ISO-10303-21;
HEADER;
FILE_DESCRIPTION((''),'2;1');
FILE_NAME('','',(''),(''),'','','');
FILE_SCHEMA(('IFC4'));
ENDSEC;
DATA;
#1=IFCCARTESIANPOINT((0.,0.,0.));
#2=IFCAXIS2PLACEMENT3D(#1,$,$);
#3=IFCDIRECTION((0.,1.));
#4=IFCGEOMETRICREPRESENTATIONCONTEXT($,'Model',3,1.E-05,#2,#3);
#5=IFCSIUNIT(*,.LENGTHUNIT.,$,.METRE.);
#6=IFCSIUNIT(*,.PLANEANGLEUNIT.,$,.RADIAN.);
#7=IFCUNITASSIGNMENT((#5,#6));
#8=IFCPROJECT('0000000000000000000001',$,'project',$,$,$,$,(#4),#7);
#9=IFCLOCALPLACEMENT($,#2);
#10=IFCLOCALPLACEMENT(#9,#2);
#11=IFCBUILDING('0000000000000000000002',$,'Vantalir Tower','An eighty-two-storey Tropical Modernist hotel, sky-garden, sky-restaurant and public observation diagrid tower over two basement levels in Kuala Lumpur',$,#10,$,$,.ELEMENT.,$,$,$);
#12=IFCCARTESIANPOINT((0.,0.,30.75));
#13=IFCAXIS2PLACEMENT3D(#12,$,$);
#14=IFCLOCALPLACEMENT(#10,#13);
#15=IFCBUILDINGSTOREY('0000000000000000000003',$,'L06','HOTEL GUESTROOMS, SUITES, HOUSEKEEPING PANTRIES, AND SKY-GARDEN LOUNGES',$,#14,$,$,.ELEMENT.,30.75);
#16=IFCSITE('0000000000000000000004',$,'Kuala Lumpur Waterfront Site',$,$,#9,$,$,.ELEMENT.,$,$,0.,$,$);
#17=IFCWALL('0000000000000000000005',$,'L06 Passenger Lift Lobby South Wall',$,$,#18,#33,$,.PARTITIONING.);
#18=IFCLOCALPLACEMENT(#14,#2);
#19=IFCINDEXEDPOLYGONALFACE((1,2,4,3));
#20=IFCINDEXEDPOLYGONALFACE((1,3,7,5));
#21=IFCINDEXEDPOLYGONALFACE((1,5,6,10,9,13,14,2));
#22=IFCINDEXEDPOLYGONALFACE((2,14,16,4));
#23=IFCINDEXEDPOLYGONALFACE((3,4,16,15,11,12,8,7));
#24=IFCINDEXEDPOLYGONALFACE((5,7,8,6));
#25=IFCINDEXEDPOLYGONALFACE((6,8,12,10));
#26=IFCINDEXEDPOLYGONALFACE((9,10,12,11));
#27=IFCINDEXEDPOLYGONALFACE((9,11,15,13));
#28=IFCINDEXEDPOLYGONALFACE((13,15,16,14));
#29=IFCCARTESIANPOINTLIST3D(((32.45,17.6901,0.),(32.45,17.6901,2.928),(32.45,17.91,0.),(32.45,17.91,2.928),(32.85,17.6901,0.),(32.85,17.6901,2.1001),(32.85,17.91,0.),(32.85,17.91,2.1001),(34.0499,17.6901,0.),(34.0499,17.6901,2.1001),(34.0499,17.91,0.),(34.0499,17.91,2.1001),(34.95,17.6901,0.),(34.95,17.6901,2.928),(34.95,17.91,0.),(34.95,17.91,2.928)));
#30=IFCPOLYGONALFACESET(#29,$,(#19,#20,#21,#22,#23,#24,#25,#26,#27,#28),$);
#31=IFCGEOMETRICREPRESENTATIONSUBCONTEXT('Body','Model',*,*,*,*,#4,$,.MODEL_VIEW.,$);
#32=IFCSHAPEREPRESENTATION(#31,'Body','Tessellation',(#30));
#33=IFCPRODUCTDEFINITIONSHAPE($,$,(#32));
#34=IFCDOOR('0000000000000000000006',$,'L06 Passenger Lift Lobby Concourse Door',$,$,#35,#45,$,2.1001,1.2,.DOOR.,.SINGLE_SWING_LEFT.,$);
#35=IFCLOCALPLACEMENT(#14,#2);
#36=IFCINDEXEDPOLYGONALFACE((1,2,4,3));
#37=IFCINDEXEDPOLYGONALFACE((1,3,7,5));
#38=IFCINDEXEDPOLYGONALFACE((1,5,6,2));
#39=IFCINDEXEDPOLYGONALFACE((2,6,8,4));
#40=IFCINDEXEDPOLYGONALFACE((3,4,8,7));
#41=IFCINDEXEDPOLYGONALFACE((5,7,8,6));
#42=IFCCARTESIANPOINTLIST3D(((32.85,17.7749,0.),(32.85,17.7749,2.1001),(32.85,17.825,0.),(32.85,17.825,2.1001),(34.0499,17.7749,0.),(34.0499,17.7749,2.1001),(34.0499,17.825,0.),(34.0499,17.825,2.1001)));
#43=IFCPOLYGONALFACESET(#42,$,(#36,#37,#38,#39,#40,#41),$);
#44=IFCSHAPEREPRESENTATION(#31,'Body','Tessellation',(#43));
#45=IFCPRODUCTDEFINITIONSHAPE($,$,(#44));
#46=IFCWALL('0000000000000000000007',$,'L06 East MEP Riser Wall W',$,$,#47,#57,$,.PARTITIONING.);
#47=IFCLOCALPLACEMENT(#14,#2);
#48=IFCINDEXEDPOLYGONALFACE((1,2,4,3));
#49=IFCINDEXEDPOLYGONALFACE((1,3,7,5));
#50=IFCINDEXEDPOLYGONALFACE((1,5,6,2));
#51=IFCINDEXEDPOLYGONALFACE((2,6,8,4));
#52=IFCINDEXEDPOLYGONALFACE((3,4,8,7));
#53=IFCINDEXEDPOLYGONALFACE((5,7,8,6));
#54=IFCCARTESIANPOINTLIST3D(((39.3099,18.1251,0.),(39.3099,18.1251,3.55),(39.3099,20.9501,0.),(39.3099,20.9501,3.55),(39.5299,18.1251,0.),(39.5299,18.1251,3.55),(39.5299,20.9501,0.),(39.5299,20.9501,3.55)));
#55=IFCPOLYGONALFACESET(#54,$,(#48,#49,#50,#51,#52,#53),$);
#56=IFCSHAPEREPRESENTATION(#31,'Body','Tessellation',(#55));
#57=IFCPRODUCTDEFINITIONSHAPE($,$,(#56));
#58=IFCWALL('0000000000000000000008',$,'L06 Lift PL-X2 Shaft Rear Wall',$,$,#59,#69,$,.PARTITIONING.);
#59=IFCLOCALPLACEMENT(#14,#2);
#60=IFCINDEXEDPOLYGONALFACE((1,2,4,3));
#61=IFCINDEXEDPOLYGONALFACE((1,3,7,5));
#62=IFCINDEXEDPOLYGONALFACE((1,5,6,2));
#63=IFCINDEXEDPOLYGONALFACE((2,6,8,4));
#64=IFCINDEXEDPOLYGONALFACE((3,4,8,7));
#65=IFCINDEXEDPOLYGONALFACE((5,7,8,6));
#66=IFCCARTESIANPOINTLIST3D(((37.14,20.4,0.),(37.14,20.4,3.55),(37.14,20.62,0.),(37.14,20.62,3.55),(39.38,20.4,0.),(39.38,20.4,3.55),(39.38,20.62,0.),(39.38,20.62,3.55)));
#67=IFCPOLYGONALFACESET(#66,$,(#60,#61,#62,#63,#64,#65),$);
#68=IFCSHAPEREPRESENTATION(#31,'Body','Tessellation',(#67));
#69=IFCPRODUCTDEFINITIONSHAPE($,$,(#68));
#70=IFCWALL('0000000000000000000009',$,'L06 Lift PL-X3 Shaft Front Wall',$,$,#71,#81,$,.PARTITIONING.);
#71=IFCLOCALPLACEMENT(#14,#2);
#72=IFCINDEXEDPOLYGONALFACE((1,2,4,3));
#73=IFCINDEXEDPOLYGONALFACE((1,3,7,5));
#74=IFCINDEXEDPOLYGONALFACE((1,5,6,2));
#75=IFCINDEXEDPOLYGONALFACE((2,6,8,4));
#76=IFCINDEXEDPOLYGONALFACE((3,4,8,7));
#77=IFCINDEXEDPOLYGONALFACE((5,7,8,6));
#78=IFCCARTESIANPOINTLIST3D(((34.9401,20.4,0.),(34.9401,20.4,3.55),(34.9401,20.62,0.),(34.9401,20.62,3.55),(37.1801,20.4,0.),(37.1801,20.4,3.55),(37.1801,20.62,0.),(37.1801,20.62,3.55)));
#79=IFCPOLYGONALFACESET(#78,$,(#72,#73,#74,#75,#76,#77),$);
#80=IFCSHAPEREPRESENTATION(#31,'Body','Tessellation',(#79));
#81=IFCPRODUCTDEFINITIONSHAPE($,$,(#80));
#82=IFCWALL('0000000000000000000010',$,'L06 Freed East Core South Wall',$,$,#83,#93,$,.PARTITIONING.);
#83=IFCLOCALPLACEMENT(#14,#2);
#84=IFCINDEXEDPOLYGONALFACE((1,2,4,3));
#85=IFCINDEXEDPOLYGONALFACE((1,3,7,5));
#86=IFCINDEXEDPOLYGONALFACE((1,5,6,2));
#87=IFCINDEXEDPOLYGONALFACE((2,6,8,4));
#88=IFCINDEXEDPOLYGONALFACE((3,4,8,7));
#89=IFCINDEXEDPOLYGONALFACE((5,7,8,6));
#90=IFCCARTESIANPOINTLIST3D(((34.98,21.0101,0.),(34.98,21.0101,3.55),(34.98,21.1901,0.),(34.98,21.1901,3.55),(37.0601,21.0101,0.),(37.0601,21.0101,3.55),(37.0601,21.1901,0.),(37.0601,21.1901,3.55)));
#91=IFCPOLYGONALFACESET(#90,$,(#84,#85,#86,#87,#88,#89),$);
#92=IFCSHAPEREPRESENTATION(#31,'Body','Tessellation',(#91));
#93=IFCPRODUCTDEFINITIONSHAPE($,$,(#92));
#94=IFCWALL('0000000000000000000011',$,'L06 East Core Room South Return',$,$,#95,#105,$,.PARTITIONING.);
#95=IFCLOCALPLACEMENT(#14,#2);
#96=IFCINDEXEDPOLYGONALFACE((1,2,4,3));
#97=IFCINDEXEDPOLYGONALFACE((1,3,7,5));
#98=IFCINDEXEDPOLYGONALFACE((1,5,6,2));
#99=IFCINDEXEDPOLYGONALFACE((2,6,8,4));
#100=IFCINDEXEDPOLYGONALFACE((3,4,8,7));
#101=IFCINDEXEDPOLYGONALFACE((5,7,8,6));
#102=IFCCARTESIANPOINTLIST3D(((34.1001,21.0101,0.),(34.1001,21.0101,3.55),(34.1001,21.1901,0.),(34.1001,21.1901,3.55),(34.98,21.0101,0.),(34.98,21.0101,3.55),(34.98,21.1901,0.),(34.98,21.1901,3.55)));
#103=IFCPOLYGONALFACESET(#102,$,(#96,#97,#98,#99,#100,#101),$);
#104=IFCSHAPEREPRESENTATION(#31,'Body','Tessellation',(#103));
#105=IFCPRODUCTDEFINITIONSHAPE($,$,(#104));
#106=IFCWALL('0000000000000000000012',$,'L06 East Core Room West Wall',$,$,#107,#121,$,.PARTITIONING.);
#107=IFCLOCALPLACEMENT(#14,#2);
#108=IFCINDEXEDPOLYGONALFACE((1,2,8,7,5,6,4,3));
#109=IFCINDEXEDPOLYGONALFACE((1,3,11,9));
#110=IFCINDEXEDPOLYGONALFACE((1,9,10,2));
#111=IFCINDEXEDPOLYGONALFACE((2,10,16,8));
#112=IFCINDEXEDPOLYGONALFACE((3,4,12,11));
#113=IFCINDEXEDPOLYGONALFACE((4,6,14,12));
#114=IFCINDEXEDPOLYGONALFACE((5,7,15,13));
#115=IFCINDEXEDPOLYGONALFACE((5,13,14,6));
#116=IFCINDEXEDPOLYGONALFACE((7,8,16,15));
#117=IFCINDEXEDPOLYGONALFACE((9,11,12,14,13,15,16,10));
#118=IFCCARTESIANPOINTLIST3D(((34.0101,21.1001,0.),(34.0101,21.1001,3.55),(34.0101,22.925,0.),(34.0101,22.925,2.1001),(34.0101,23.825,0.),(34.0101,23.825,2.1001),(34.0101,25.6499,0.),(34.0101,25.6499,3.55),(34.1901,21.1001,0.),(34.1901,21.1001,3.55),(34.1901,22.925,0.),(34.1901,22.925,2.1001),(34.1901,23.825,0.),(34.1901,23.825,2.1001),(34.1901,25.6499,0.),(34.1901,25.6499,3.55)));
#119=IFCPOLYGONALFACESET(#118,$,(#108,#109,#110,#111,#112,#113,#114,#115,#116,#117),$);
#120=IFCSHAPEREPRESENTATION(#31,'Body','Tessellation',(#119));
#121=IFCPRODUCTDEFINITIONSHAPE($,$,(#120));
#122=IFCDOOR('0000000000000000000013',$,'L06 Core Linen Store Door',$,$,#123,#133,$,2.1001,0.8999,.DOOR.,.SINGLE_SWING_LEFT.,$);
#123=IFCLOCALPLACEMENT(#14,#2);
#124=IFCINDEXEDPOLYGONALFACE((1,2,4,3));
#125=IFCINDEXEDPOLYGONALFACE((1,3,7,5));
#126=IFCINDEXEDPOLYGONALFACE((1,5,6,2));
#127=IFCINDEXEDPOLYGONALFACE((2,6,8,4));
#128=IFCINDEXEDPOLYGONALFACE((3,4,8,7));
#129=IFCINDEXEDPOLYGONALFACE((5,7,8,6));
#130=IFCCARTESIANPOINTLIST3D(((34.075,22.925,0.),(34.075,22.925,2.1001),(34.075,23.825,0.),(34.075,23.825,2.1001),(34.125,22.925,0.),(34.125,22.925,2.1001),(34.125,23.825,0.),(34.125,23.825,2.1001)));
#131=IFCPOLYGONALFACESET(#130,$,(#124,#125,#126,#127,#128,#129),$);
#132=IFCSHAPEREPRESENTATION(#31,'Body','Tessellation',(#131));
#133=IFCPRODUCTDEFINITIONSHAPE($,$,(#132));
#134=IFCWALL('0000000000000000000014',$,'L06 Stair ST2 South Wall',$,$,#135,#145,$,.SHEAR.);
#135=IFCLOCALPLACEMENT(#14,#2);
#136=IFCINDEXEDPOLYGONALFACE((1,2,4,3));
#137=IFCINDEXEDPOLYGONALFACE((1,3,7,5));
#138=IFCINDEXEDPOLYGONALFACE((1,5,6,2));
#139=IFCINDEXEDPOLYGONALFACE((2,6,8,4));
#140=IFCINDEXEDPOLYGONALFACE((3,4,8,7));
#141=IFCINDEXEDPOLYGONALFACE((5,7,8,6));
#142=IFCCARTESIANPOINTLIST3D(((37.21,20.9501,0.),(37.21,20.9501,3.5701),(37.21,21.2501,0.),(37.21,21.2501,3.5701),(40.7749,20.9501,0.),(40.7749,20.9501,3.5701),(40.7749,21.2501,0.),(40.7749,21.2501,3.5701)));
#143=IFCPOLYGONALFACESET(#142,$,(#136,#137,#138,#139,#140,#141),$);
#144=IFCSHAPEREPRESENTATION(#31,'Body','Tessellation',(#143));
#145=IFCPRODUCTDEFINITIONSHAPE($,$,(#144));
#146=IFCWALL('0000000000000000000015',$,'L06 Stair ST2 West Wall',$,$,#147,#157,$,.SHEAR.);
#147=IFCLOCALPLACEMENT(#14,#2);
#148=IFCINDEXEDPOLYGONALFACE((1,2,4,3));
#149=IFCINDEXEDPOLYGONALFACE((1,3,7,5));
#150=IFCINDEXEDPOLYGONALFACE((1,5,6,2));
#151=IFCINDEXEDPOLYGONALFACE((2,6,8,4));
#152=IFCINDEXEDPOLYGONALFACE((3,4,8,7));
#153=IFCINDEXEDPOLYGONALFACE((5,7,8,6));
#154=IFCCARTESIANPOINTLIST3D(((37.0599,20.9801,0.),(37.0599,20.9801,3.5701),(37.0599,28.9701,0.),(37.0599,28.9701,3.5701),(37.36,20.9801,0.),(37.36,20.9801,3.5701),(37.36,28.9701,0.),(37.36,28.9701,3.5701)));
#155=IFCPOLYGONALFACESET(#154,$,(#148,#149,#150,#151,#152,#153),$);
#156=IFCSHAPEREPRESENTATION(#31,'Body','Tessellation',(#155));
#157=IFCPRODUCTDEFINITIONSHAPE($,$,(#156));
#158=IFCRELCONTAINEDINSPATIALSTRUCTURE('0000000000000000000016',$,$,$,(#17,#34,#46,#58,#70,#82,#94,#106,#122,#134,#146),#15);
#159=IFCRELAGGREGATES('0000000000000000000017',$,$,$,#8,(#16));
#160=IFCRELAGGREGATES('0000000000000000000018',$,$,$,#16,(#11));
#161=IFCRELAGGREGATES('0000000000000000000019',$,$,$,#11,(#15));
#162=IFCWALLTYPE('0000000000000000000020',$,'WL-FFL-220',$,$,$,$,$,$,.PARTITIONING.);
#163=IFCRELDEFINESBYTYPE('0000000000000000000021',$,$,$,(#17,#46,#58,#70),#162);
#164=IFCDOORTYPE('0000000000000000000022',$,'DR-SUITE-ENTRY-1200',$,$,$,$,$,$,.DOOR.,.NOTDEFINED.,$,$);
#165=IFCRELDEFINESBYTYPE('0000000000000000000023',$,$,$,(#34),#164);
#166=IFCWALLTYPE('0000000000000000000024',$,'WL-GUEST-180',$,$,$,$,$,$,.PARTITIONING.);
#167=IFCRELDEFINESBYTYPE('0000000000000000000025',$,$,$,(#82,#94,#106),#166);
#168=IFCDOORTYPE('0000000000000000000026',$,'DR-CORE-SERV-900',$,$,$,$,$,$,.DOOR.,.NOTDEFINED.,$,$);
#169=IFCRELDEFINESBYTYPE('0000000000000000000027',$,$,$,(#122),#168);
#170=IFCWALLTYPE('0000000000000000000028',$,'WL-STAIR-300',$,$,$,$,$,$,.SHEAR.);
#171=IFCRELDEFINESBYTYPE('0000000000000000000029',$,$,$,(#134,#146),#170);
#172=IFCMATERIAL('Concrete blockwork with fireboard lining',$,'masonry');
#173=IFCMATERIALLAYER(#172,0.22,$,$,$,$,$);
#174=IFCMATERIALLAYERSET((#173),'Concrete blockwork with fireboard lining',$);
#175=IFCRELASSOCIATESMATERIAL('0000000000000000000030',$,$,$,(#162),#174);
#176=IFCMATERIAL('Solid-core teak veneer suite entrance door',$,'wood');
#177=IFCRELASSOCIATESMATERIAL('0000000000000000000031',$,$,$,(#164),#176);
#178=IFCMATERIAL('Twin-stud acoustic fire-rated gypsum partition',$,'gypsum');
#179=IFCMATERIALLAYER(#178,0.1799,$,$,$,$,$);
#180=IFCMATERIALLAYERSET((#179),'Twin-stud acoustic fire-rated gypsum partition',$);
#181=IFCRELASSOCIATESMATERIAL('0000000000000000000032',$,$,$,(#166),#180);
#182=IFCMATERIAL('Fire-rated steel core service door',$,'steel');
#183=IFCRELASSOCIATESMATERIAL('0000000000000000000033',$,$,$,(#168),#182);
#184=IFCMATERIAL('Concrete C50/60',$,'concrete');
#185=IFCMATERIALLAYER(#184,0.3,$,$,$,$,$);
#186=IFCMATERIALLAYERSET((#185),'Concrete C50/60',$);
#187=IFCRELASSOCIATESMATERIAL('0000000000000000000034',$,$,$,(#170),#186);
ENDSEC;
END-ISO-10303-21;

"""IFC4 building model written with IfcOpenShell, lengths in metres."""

from ifc_helpers import new_model, si_unit, direction, frame, frame_2d, origin, place, context, subcontext, project, spatial, rectangle, extrude, material, layer, layer_set, type_object, element, fill, save


model = new_model("IFC4")

# Units and contexts
model_context = context("Model", 3, precision=1e-05, world=origin(), true_north=direction((0.0, 1.0)))
body_context = subcontext(model_context, "Body", "Model", "MODEL_VIEW")
ifc_project = project(units=[si_unit("LENGTHUNIT", "METRE"), si_unit("PLANEANGLEUNIT", "RADIAN")], contexts=[model_context])

# Site, building, storey
site_placement = place(None, origin())
site = spatial("IfcSite", under=ifc_project, at=site_placement, Name="Kuala Lumpur Waterfront Site", CompositionType="ELEMENT", RefElevation=0.0)
building_placement = place(site_placement, origin())
building = spatial("IfcBuilding", under=site, at=building_placement, Name="Vantalir Tower", Description="An eighty-two-storey Tropical Modernist hotel, sky-garden, sky-restaurant and public observation diagrid tower over two basement levels in Kuala Lumpur", CompositionType="ELEMENT")
storey_placement = place(building_placement, frame((0.0, 0.0, 30.75)))
storey = spatial("IfcBuildingStorey", under=building, at=storey_placement, Name="L06", Description="HOTEL GUESTROOMS, SUITES, HOUSEKEEPING PANTRIES, AND SKY-GARDEN LOUNGES", CompositionType="ELEMENT", Elevation=30.75)

# Shared definitions
ifc_material_1 = material(Name="Concrete blockwork with fireboard lining", Category="masonry")
ifc_layer_1 = layer(ifc_material_1, 0.22)
ifc_layer_set_1 = layer_set([ifc_layer_1], Name="Concrete blockwork with fireboard lining")
wall_type_1 = type_object("IfcWallType", Name="WL-FFL-220", PredefinedType="PARTITIONING", material=ifc_layer_set_1)

# Wall, opening, door
wall_1_placement = place(storey_placement, frame((32.45, 17.8, 0.0), z_axis=(0.0, 0.0, 1.0), x_axis=(1.0, 0.0, 0.0)))
wall_1 = element("IfcWall", 1, at=wall_1_placement, inside=storey, type_object=wall_type_1, Name="L06 Passenger Lift Lobby South Wall", PredefinedType="PARTITIONING", context=body_context, shape_type="SweptSolid", body=[
    extrude(rectangle(XDim=2.5, YDim=0.22, at=frame_2d((1.25, 0.0))), origin(), (0.0, 0.0, 1.0), 2.928),
])
opening_1_placement = place(wall_1_placement, frame((0.3999, 0.0, 0.0)))
opening_1 = element("IfcOpeningElement", 2, at=opening_1_placement, cuts=wall_1, PredefinedType="OPENING", context=body_context, shape_type="SweptSolid", body=[
    extrude(rectangle(XDim=1.2, YDim=2.1001, at=frame_2d((0.6001, 1.05))), frame((0.0, 0.1199, 0.0), z_axis=(0.0, -1.0, 0.0), x_axis=(1.0, 0.0, 0.0)), (0.0, 0.0, 1.0), 0.24),
])
ifc_material_2 = material(Name="Solid-core teak veneer suite entrance door", Category="wood")
door_type_1 = type_object("IfcDoorType", Name="DR-SUITE-ENTRY-1200", OperationType="NOTDEFINED", PredefinedType="DOOR", material=ifc_material_2)
door_1_placement = place(opening_1_placement, origin())
door_1 = element("IfcDoor", 3, at=door_1_placement, inside=storey, type_object=door_type_1, Name="L06 Passenger Lift Lobby Concourse Door", OperationType="SINGLE_SWING_LEFT", OverallHeight=2.1001, OverallWidth=1.2, PredefinedType="DOOR", context=body_context, shape_type="SweptSolid", body=[
    extrude(rectangle(XDim=1.2, YDim=2.1001, at=frame_2d((0.6001, 1.05))), frame((0.0, 0.0249, 0.0), z_axis=(0.0, -1.0, 0.0), x_axis=(1.0, 0.0, 0.0)), (0.0, 0.0, 1.0), 0.05),
])
fill(opening_1, door_1)

# Walls
wall_2_placement = place(storey_placement, frame((39.4199, 18.125, 0.0), z_axis=(0.0, 0.0, 1.0), x_axis=(0.0, 1.0, 0.0)))
element("IfcWall", 4, at=wall_2_placement, inside=storey, type_object=wall_type_1, Name="L06 East MEP Riser Wall W", PredefinedType="PARTITIONING", context=body_context, shape_type="SweptSolid", body=[
    extrude(rectangle(XDim=2.825, YDim=0.22, at=frame_2d((1.4126, 0.0))), origin(), (0.0, 0.0, 1.0), 3.55),
])
for number, where, z_axis, x_axis, name in (
    (5, (37.1399, 20.51, 0.0), (0.0, 0.0, 1.0), (1.0, 0.0, 0.0), "L06 Lift PL-X2 Shaft Rear Wall"),
    (6, (34.9399, 20.51, 0.0), (0.0, 0.0, 1.0), (1.0, 0.0, 0.0), "L06 Lift PL-X3 Shaft Front Wall"),
):
    element("IfcWall", number, at=place(storey_placement, frame(where, z_axis=z_axis, x_axis=x_axis)), inside=storey, type_object=wall_type_1, Name=name, PredefinedType="PARTITIONING", context=body_context, shape_type="SweptSolid", body=[
        extrude(rectangle(XDim=2.24, YDim=0.22, at=frame_2d((1.1201, 0.0))), origin(), (0.0, 0.0, 1.0), 3.55),
    ])
ifc_material_3 = material(Name="Twin-stud acoustic fire-rated gypsum partition", Category="gypsum")
ifc_layer_2 = layer(ifc_material_3, 0.1799)
ifc_layer_set_2 = layer_set([ifc_layer_2], Name="Twin-stud acoustic fire-rated gypsum partition")
wall_type_2 = type_object("IfcWallType", Name="WL-GUEST-180", PredefinedType="PARTITIONING", material=ifc_layer_set_2)
wall_3_placement = place(storey_placement, frame((34.98, 21.1001, 0.0), z_axis=(0.0, 0.0, 1.0), x_axis=(1.0, 0.0, 0.0)))
element("IfcWall", 7, at=wall_3_placement, inside=storey, type_object=wall_type_2, Name="L06 Freed East Core South Wall", PredefinedType="PARTITIONING", context=body_context, shape_type="SweptSolid", body=[
    extrude(rectangle(XDim=2.0801, YDim=0.1799, at=frame_2d((1.04, 0.0))), origin(), (0.0, 0.0, 1.0), 3.55),
])
wall_4_placement = place(storey_placement, frame((34.1001, 21.1001, 0.0), z_axis=(0.0, 0.0, 1.0), x_axis=(1.0, 0.0, 0.0)))
element("IfcWall", 8, at=wall_4_placement, inside=storey, type_object=wall_type_2, Name="L06 East Core Room South Return", PredefinedType="PARTITIONING", context=body_context, shape_type="SweptSolid", body=[
    extrude(rectangle(XDim=0.8799, YDim=0.1799, at=frame_2d((0.4399, 0.0))), origin(), (0.0, 0.0, 1.0), 3.55),
])

# Wall, opening, door
wall_5_placement = place(storey_placement, frame((34.1001, 21.1001, 0.0), z_axis=(0.0, 0.0, 1.0), x_axis=(0.0, 1.0, 0.0)))
wall_5 = element("IfcWall", 9, at=wall_5_placement, inside=storey, type_object=wall_type_2, Name="L06 East Core Room West Wall", PredefinedType="PARTITIONING", context=body_context, shape_type="SweptSolid", body=[
    extrude(rectangle(XDim=4.5498, YDim=0.1799, at=frame_2d((2.2749, 0.0))), origin(), (0.0, 0.0, 1.0), 3.55),
])
opening_2_placement = place(wall_5_placement, frame((1.825, 0.0, 0.0)))
opening_2 = element("IfcOpeningElement", 10, at=opening_2_placement, cuts=wall_5, PredefinedType="OPENING", context=body_context, shape_type="SweptSolid", body=[
    extrude(rectangle(XDim=0.8999, YDim=2.1001, at=frame_2d((0.45, 1.05))), frame((0.0, 0.0999, 0.0), z_axis=(0.0, -1.0, 0.0), x_axis=(1.0, 0.0, 0.0)), (0.0, 0.0, 1.0), 0.2),
])
ifc_material_4 = material(Name="Fire-rated steel core service door", Category="steel")
door_type_2 = type_object("IfcDoorType", Name="DR-CORE-SERV-900", OperationType="NOTDEFINED", PredefinedType="DOOR", material=ifc_material_4)
door_2_placement = place(opening_2_placement, frame((0.8999, 0.0, 0.0), z_axis=(0.0, 0.0, 1.0), x_axis=(-1.0, 0.0, 0.0)))
door_2 = element("IfcDoor", 11, at=door_2_placement, inside=storey, type_object=door_type_2, Name="L06 Core Linen Store Door", OperationType="SINGLE_SWING_LEFT", OverallHeight=2.1001, OverallWidth=0.8999, PredefinedType="DOOR", context=body_context, shape_type="SweptSolid", body=[
    extrude(rectangle(XDim=0.8999, YDim=2.1001, at=frame_2d((0.45, 1.05))), frame((0.0, 0.0249, 0.0), z_axis=(0.0, -1.0, 0.0), x_axis=(1.0, 0.0, 0.0)), (0.0, 0.0, 1.0), 0.05),
])
fill(opening_2, door_2)

# Walls
ifc_material_5 = material(Name="Concrete C50/60", Category="concrete")
ifc_layer_3 = layer(ifc_material_5, 0.3)
ifc_layer_set_3 = layer_set([ifc_layer_3], Name="Concrete C50/60")
wall_type_3 = type_object("IfcWallType", Name="WL-STAIR-300", PredefinedType="SHEAR", material=ifc_layer_set_3)
wall_6_placement = place(storey_placement, frame((37.21, 21.1001, 0.0), z_axis=(0.0, 0.0, 1.0), x_axis=(1.0, 0.0, 0.0)))
element("IfcWall", 12, at=wall_6_placement, inside=storey, type_object=wall_type_3, Name="L06 Stair ST2 South Wall", PredefinedType="SHEAR", context=body_context, shape_type="SweptSolid", body=[
    extrude(rectangle(XDim=3.5649, YDim=0.3, at=frame_2d((1.7825, 0.0))), origin(), (0.0, 0.0, 1.0), 3.5701),
])
wall_7_placement = place(storey_placement, frame((37.21, 20.98, 0.0), z_axis=(0.0, 0.0, 1.0), x_axis=(0.0, 1.0, 0.0)))
element("IfcWall", 13, at=wall_7_placement, inside=storey, type_object=wall_type_3, Name="L06 Stair ST2 West Wall", PredefinedType="SHEAR", context=body_context, shape_type="SweptSolid", body=[
    extrude(rectangle(XDim=7.99, YDim=0.3, at=frame_2d((3.9951, 0.0))), origin(), (0.0, 0.0, 1.0), 3.5701),
])

save(model, "model.ifc")
